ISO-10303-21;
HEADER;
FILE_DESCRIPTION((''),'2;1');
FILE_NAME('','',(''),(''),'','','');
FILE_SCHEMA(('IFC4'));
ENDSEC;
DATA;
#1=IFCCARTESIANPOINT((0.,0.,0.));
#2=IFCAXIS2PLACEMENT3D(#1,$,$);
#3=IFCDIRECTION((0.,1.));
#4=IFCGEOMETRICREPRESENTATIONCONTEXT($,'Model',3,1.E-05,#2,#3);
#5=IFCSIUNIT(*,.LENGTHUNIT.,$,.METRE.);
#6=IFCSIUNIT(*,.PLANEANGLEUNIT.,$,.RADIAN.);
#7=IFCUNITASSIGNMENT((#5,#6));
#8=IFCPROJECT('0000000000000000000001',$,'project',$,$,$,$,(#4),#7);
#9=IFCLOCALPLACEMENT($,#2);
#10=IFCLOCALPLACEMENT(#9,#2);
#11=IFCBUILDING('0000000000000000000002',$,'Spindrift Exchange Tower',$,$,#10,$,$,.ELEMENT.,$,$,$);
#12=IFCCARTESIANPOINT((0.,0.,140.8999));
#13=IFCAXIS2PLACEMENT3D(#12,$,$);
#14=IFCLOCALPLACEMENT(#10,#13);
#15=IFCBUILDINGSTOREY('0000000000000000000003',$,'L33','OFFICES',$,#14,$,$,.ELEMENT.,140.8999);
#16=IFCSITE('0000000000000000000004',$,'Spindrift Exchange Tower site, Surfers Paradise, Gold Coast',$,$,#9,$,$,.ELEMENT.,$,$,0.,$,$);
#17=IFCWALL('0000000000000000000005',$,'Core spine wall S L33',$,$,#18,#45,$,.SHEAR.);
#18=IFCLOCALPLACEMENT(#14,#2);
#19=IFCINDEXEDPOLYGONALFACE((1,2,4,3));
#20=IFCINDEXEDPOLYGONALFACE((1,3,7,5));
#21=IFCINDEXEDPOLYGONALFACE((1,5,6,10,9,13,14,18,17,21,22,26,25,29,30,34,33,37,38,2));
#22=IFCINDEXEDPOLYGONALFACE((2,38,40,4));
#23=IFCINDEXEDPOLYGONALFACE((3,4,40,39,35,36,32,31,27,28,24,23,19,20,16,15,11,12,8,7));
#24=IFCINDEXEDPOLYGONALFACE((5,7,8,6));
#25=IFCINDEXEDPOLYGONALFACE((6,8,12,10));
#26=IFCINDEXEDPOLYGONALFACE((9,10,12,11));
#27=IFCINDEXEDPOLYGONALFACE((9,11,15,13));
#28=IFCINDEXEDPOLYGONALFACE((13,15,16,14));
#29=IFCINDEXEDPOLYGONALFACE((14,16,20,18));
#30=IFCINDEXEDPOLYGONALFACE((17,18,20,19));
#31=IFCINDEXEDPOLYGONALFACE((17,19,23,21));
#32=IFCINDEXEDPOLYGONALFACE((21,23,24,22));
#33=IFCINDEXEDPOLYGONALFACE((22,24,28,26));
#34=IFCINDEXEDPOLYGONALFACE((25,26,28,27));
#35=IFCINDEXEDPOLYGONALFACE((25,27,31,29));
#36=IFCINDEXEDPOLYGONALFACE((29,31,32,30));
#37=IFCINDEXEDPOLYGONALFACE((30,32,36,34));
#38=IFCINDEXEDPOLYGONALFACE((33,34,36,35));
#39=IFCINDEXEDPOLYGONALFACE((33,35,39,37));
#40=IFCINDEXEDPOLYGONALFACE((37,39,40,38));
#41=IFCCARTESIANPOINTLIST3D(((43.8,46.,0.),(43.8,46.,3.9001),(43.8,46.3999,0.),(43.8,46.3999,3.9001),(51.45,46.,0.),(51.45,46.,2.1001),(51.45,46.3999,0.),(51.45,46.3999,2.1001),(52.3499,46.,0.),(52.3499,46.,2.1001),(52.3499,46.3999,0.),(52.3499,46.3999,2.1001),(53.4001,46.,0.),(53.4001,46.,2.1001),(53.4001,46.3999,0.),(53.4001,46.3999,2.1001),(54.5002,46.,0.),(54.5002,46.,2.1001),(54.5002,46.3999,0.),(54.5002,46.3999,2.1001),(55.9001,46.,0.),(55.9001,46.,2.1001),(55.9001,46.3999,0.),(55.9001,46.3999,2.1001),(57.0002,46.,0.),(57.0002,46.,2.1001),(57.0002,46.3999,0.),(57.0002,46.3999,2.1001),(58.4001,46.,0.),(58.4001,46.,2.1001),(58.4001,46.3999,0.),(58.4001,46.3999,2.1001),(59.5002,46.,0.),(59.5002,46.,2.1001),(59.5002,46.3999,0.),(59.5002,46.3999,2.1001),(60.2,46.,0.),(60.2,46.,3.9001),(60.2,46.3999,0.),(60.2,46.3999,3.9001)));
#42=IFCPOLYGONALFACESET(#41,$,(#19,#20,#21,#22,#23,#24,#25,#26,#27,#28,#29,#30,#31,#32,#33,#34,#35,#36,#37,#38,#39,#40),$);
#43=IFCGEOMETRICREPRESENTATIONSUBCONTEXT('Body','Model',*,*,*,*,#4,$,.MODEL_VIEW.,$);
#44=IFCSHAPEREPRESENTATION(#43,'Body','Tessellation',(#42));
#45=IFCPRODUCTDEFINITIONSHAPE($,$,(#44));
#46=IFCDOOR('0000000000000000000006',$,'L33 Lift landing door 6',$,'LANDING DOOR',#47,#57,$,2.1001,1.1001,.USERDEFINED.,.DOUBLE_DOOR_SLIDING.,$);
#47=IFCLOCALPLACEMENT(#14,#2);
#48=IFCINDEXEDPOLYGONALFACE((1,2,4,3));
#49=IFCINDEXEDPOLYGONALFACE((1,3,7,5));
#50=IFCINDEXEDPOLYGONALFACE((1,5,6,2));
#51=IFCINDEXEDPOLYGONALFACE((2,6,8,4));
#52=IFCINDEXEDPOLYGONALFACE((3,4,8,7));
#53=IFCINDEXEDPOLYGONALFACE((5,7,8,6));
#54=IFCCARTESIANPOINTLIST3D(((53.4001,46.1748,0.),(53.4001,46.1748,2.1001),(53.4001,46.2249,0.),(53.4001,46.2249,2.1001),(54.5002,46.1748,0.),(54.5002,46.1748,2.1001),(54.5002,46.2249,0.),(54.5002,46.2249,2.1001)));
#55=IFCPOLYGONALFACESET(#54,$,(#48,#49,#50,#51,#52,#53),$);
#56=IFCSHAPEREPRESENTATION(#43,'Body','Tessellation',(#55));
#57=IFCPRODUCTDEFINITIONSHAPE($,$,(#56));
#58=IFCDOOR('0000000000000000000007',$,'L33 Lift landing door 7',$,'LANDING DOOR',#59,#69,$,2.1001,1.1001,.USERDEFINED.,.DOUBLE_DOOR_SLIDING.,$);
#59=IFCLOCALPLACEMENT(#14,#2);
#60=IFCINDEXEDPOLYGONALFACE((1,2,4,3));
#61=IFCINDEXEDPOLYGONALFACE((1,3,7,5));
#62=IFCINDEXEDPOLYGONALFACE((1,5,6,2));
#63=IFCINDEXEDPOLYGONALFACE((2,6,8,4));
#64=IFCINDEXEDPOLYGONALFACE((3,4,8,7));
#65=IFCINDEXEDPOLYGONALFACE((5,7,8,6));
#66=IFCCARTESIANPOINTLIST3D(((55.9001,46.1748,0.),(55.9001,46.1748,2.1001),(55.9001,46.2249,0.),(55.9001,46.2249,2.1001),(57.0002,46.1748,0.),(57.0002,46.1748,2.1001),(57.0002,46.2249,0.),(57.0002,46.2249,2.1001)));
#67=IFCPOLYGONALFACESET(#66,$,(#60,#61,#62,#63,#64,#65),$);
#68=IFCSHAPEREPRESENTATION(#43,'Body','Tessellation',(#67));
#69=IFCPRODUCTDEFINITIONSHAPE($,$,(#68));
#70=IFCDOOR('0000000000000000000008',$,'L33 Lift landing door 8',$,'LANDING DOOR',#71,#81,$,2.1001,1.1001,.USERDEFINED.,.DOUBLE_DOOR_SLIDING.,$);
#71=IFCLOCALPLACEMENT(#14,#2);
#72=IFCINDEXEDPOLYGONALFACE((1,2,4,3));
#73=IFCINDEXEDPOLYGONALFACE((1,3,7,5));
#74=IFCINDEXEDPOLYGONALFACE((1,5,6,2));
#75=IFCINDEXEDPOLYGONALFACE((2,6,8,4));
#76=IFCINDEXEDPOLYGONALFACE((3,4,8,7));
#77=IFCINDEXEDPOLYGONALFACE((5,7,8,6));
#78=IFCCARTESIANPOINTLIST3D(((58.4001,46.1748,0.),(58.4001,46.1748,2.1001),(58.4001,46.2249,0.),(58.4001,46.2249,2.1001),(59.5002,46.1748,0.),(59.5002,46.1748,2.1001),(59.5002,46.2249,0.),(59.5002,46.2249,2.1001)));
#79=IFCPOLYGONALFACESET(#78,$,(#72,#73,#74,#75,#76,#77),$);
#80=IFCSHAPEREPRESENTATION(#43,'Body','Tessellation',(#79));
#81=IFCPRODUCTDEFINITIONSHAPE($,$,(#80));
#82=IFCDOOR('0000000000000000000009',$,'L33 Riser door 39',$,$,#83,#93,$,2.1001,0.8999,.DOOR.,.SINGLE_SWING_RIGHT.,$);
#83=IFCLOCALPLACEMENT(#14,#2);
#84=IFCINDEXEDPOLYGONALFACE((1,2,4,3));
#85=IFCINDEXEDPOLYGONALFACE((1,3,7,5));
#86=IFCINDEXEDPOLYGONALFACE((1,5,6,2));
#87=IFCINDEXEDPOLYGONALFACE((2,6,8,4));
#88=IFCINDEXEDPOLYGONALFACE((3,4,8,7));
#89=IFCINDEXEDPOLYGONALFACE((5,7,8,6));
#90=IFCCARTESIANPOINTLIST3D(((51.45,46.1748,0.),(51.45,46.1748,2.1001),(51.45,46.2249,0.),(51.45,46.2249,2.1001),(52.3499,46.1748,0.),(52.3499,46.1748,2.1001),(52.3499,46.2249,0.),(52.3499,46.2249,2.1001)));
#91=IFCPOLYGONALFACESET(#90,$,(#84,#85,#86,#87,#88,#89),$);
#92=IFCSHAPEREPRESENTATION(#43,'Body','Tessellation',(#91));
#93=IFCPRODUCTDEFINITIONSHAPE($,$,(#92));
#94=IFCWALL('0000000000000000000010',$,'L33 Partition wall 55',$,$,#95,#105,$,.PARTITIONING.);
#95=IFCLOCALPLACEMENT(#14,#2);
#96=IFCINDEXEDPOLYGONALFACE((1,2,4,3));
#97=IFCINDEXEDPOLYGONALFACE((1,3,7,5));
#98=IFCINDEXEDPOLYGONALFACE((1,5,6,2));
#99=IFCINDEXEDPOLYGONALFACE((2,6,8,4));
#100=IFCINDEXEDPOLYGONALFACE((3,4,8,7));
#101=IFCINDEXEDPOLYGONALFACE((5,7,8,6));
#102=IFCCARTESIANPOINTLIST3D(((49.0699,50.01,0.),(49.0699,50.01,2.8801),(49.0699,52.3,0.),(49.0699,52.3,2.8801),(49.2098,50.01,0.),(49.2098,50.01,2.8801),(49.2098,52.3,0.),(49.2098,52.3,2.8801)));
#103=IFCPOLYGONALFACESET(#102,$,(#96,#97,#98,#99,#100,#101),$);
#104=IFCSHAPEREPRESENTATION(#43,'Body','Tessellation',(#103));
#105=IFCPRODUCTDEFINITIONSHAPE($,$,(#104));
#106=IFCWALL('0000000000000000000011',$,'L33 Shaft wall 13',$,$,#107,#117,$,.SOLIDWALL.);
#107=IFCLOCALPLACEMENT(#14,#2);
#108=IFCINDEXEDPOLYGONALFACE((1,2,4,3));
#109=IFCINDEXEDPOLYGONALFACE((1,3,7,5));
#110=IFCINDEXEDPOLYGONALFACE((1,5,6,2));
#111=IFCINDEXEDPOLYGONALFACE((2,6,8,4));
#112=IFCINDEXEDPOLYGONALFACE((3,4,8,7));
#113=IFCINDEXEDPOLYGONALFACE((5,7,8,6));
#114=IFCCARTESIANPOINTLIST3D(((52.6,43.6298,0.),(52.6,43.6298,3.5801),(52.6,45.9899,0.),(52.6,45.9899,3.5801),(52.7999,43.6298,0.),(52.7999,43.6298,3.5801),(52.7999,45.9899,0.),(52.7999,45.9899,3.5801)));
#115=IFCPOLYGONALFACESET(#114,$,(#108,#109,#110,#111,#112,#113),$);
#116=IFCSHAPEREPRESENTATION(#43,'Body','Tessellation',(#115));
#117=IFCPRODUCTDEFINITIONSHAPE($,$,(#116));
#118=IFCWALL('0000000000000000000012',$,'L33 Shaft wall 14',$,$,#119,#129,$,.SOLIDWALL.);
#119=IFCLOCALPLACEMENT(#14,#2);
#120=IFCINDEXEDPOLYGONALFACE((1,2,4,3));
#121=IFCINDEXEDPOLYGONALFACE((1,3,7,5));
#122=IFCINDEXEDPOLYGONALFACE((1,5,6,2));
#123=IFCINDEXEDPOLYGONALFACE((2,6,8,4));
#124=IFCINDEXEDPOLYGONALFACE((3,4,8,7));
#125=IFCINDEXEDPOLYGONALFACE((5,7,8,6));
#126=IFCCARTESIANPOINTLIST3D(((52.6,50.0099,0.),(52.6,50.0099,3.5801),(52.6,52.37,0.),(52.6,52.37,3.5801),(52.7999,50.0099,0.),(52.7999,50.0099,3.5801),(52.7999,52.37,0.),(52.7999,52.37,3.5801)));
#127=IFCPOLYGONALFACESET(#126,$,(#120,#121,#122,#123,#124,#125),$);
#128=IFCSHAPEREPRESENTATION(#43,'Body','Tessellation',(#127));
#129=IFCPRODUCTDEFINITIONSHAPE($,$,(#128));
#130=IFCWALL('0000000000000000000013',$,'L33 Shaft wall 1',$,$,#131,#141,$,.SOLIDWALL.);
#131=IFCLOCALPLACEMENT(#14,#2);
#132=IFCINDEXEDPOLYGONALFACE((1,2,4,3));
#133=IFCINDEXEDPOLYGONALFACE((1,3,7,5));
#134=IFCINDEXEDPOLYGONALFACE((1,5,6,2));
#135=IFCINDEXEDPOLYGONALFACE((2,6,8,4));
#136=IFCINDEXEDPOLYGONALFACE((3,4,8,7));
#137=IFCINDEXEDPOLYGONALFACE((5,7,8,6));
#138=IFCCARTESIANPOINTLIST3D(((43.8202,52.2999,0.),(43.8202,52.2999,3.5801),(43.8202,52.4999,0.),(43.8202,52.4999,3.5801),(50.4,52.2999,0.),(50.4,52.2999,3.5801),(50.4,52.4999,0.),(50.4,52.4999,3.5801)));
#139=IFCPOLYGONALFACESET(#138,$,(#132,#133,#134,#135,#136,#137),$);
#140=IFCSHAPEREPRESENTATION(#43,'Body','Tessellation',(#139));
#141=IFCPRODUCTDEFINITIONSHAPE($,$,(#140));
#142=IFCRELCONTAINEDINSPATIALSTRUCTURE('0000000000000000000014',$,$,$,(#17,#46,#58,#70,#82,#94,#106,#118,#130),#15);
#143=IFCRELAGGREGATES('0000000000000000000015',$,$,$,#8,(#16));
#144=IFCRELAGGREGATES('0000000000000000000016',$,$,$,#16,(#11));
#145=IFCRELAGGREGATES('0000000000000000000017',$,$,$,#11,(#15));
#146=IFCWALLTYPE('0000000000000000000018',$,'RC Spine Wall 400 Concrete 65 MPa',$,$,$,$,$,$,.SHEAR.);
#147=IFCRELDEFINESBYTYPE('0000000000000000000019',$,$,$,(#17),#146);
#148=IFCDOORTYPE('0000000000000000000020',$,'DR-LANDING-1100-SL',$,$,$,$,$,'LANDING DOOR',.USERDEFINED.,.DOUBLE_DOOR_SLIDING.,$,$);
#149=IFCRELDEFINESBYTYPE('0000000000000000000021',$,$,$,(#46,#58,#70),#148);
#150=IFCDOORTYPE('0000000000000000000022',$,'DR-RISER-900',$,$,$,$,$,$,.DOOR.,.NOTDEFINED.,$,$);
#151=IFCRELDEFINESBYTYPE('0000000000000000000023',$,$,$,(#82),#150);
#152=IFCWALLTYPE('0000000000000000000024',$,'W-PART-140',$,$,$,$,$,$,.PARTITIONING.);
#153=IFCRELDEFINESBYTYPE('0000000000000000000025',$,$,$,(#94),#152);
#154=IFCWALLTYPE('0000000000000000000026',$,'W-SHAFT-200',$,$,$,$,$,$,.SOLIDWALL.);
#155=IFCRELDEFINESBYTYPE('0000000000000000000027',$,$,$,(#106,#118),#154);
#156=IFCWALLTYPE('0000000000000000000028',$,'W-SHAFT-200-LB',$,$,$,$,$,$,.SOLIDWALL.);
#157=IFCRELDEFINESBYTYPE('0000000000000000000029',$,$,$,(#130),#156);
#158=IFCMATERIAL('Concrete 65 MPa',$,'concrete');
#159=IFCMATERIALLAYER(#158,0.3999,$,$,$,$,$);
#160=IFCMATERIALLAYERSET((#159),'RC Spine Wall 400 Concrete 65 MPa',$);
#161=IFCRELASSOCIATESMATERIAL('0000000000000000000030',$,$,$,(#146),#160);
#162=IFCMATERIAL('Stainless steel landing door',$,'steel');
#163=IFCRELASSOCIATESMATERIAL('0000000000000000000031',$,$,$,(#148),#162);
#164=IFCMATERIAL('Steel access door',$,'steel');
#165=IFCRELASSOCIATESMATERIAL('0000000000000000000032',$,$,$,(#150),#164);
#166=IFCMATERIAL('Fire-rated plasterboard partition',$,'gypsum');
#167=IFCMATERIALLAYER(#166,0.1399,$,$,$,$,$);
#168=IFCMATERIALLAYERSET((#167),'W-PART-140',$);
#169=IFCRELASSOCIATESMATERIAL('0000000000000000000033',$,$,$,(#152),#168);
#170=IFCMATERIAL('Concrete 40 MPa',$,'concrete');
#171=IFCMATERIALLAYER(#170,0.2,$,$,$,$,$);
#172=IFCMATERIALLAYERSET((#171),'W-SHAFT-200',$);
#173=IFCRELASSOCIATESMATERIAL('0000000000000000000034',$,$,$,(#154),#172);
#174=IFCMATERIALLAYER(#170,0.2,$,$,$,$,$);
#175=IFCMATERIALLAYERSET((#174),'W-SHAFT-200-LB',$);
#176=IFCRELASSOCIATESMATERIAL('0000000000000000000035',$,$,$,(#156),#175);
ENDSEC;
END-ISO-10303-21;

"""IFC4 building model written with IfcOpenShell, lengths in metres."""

from ifc_helpers import new_model, si_unit, direction, frame, frame_2d, origin, place, context, subcontext, project, spatial, rectangle, extrude, source, transform, mapped, material, layer, layer_set, type_object, element, fill, save


model = new_model("IFC4")

# Units and contexts
model_context = context("Model", 3, precision=1e-05, world=origin(), true_north=direction((0.0, 1.0)))
body_context = subcontext(model_context, "Body", "Model", "MODEL_VIEW")
ifc_project = project(units=[si_unit("LENGTHUNIT", "METRE"), si_unit("PLANEANGLEUNIT", "RADIAN")], contexts=[model_context])

# Site, building, storey
site_placement = place(None, origin())
site = spatial("IfcSite", under=ifc_project, at=site_placement, Name="Spindrift Exchange Tower site, Surfers Paradise, Gold Coast", CompositionType="ELEMENT", RefElevation=0.0)
building_placement = place(site_placement, origin())
building = spatial("IfcBuilding", under=site, at=building_placement, Name="Spindrift Exchange Tower", CompositionType="ELEMENT")
storey_placement = place(building_placement, frame((0.0, 0.0, 140.8999)))
storey = spatial("IfcBuildingStorey", under=building, at=storey_placement, Name="L33", Description="OFFICES", CompositionType="ELEMENT", Elevation=140.8999)

# Wall, openings, doors
ifc_material_1 = material(Name="Concrete 65 MPa", Category="concrete")
ifc_layer_1 = layer(ifc_material_1, 0.3999)
ifc_layer_set_1 = layer_set([ifc_layer_1], Name="RC Spine Wall 400 Concrete 65 MPa")
wall_type_1 = type_object("IfcWallType", Name="RC Spine Wall 400 Concrete 65 MPa", PredefinedType="SHEAR", material=ifc_layer_set_1)
ifc_material_2 = material(Name="Stainless steel landing door", Category="steel")
door_type_1 = type_object("IfcDoorType", Name="DR-LANDING-1100-SL", ElementType="LANDING DOOR", OperationType="DOUBLE_DOOR_SLIDING", PredefinedType="USERDEFINED", material=ifc_material_2)
shared_shape_1 = source(origin(), body_context, "Body", "SweptSolid", [
    extrude(rectangle(XDim=1.1001, YDim=2.1001, at=frame_2d((0.55, 1.05))), frame((0.0, 0.0249, 0.0), z_axis=(0.0, -1.0, 0.0), x_axis=(1.0, 0.0, 0.0)), (0.0, 0.0, 1.0), 0.05),
])
ifc_material_3 = material(Name="Steel access door", Category="steel")
door_type_2 = type_object("IfcDoorType", Name="DR-RISER-900", OperationType="NOTDEFINED", PredefinedType="DOOR", material=ifc_material_3)
shared_shape_2 = source(origin(), body_context, "Body", "SweptSolid", [
    extrude(rectangle(XDim=0.8999, YDim=2.1001, at=frame_2d((0.45, 1.05))), frame((0.0, 0.0249, 0.0), z_axis=(0.0, -1.0, 0.0), x_axis=(1.0, 0.0, 0.0)), (0.0, 0.0, 1.0), 0.05),
])
wall_1_placement = place(storey_placement, frame((43.8, 46.2, 0.0), z_axis=(0.0, 0.0, 1.0), x_axis=(1.0, 0.0, 0.0)))
wall_1 = element("IfcWall", 1, at=wall_1_placement, inside=storey, type_object=wall_type_1, Name="Core spine wall S L33", PredefinedType="SHEAR", context=body_context, shape_type="SweptSolid", body=[
    extrude(rectangle(XDim=16.3999, YDim=0.3999, at=frame_2d((8.2, 0.0))), origin(), (0.0, 0.0, 1.0), 3.9001),
])
opening_1_placement = place(wall_1_placement, frame((9.6001, 0.0, 0.0)))
opening_1 = element("IfcOpeningElement", 2, at=opening_1_placement, cuts=wall_1, PredefinedType="OPENING", context=body_context, shape_type="SweptSolid", body=[
    extrude(rectangle(XDim=1.1001, YDim=2.1001, at=frame_2d((0.55, 1.05))), frame((0.0, 0.21, 0.0), z_axis=(0.0, -1.0, 0.0), x_axis=(1.0, 0.0, 0.0)), (0.0, 0.0, 1.0), 0.4199),
])
opening_2_placement = place(wall_1_placement, frame((12.1001, 0.0, 0.0)))
opening_2 = element("IfcOpeningElement", 3, at=opening_2_placement, cuts=wall_1, PredefinedType="OPENING", context=body_context, shape_type="SweptSolid", body=[
    extrude(rectangle(XDim=1.1001, YDim=2.1001, at=frame_2d((0.55, 1.05))), frame((0.0, 0.21, 0.0), z_axis=(0.0, -1.0, 0.0), x_axis=(1.0, 0.0, 0.0)), (0.0, 0.0, 1.0), 0.4199),
])
opening_3_placement = place(wall_1_placement, frame((14.6001, 0.0, 0.0)))
opening_3 = element("IfcOpeningElement", 4, at=opening_3_placement, cuts=wall_1, PredefinedType="OPENING", context=body_context, shape_type="SweptSolid", body=[
    extrude(rectangle(XDim=1.1001, YDim=2.1001, at=frame_2d((0.55, 1.05))), frame((0.0, 0.21, 0.0), z_axis=(0.0, -1.0, 0.0), x_axis=(1.0, 0.0, 0.0)), (0.0, 0.0, 1.0), 0.4199),
])
opening_4_placement = place(wall_1_placement, frame((7.6499, 0.0, 0.0)))
opening_4 = element("IfcOpeningElement", 5, at=opening_4_placement, cuts=wall_1, PredefinedType="OPENING", context=body_context, shape_type="SweptSolid", body=[
    extrude(rectangle(XDim=0.8999, YDim=2.1001, at=frame_2d((0.45, 1.05))), frame((0.0, 0.21, 0.0), z_axis=(0.0, -1.0, 0.0), x_axis=(1.0, 0.0, 0.0)), (0.0, 0.0, 1.0), 0.4199),
])
door_1_placement = place(opening_1_placement, origin())
door_1 = element("IfcDoor", 6, at=door_1_placement, inside=storey, type_object=door_type_1, Name="L33 Lift landing door 6", ObjectType="LANDING DOOR", OperationType="DOUBLE_DOOR_SLIDING", OverallHeight=2.1001, OverallWidth=1.1001, PredefinedType="USERDEFINED", context=body_context, shape_type="MappedRepresentation", body=[
    mapped(shared_shape_1, transform((0.0, 0.0, 0.0), scale=1.0)),
])
fill(opening_1, door_1)
door_2_placement = place(opening_2_placement, origin())
door_2 = element("IfcDoor", 7, at=door_2_placement, inside=storey, type_object=door_type_1, Name="L33 Lift landing door 7", ObjectType="LANDING DOOR", OperationType="DOUBLE_DOOR_SLIDING", OverallHeight=2.1001, OverallWidth=1.1001, PredefinedType="USERDEFINED", context=body_context, shape_type="MappedRepresentation", body=[
    mapped(shared_shape_1, transform((0.0, 0.0, 0.0), scale=1.0)),
])
fill(opening_2, door_2)
door_3_placement = place(opening_3_placement, origin())
door_3 = element("IfcDoor", 8, at=door_3_placement, inside=storey, type_object=door_type_1, Name="L33 Lift landing door 8", ObjectType="LANDING DOOR", OperationType="DOUBLE_DOOR_SLIDING", OverallHeight=2.1001, OverallWidth=1.1001, PredefinedType="USERDEFINED", context=body_context, shape_type="MappedRepresentation", body=[
    mapped(shared_shape_1, transform((0.0, 0.0, 0.0), scale=1.0)),
])
fill(opening_3, door_3)
door_4_placement = place(opening_4_placement, origin())
door_4 = element("IfcDoor", 9, at=door_4_placement, inside=storey, type_object=door_type_2, Name="L33 Riser door 39", OperationType="SINGLE_SWING_RIGHT", OverallHeight=2.1001, OverallWidth=0.8999, PredefinedType="DOOR", context=body_context, shape_type="MappedRepresentation", body=[
    mapped(shared_shape_2, transform((0.0, 0.0, 0.0), scale=1.0)),
])
fill(opening_4, door_4)

# Walls
ifc_material_4 = material(Name="Fire-rated plasterboard partition", Category="gypsum")
ifc_layer_2 = layer(ifc_material_4, 0.1399)
ifc_layer_set_2 = layer_set([ifc_layer_2], Name="W-PART-140")
wall_type_2 = type_object("IfcWallType", Name="W-PART-140", PredefinedType="PARTITIONING", material=ifc_layer_set_2)
wall_2_placement = place(storey_placement, frame((49.1399, 50.01, 0.0), z_axis=(0.0, 0.0, 1.0), x_axis=(0.0, 1.0, 0.0)))
element("IfcWall", 10, at=wall_2_placement, inside=storey, type_object=wall_type_2, Name="L33 Partition wall 55", PredefinedType="PARTITIONING", context=body_context, shape_type="SweptSolid", body=[
    extrude(rectangle(XDim=2.29, YDim=0.1399, at=frame_2d((1.145, 0.0))), origin(), (0.0, 0.0, 1.0), 2.8801),
])
ifc_material_5 = material(Name="Concrete 40 MPa", Category="concrete")
ifc_layer_3 = layer(ifc_material_5, 0.2)
ifc_layer_set_3 = layer_set([ifc_layer_3], Name="W-SHAFT-200")
wall_type_3 = type_object("IfcWallType", Name="W-SHAFT-200", PredefinedType="SOLIDWALL", material=ifc_layer_set_3)
for number, where, z_axis, x_axis, name in (
    (11, (52.7, 45.99, 0.0), (0.0, 0.0, 1.0), (0.0, -1.0, 0.0), "L33 Shaft wall 13"),
    (12, (52.7, 52.3701, 0.0), (0.0, 0.0, 1.0), (0.0, -1.0, 0.0), "L33 Shaft wall 14"),
):
    element("IfcWall", number, at=place(storey_placement, frame(where, z_axis=z_axis, x_axis=x_axis)), inside=storey, type_object=wall_type_3, Name=name, PredefinedType="SOLIDWALL", context=body_context, shape_type="SweptSolid", body=[
        extrude(rectangle(XDim=2.3601, YDim=0.2, at=frame_2d((1.1802, 0.0))), origin(), (0.0, 0.0, 1.0), 3.5801),
    ])
ifc_layer_4 = layer(ifc_material_5, 0.2)
ifc_layer_set_4 = layer_set([ifc_layer_4], Name="W-SHAFT-200-LB")
wall_type_4 = type_object("IfcWallType", Name="W-SHAFT-200-LB", PredefinedType="SOLIDWALL", material=ifc_layer_set_4)
wall_3_placement = place(storey_placement, frame((43.8201, 52.3999, 0.0), z_axis=(0.0, 0.0, 1.0), x_axis=(1.0, 0.0, 0.0)))
element("IfcWall", 13, at=wall_3_placement, inside=storey, type_object=wall_type_4, Name="L33 Shaft wall 1", PredefinedType="SOLIDWALL", context=body_context, shape_type="SweptSolid", body=[
    extrude(rectangle(XDim=6.5798, YDim=0.2, at=frame_2d((3.29, 0.0))), origin(), (0.0, 0.0, 1.0), 3.5801),
])

save(model, "model.ifc")
